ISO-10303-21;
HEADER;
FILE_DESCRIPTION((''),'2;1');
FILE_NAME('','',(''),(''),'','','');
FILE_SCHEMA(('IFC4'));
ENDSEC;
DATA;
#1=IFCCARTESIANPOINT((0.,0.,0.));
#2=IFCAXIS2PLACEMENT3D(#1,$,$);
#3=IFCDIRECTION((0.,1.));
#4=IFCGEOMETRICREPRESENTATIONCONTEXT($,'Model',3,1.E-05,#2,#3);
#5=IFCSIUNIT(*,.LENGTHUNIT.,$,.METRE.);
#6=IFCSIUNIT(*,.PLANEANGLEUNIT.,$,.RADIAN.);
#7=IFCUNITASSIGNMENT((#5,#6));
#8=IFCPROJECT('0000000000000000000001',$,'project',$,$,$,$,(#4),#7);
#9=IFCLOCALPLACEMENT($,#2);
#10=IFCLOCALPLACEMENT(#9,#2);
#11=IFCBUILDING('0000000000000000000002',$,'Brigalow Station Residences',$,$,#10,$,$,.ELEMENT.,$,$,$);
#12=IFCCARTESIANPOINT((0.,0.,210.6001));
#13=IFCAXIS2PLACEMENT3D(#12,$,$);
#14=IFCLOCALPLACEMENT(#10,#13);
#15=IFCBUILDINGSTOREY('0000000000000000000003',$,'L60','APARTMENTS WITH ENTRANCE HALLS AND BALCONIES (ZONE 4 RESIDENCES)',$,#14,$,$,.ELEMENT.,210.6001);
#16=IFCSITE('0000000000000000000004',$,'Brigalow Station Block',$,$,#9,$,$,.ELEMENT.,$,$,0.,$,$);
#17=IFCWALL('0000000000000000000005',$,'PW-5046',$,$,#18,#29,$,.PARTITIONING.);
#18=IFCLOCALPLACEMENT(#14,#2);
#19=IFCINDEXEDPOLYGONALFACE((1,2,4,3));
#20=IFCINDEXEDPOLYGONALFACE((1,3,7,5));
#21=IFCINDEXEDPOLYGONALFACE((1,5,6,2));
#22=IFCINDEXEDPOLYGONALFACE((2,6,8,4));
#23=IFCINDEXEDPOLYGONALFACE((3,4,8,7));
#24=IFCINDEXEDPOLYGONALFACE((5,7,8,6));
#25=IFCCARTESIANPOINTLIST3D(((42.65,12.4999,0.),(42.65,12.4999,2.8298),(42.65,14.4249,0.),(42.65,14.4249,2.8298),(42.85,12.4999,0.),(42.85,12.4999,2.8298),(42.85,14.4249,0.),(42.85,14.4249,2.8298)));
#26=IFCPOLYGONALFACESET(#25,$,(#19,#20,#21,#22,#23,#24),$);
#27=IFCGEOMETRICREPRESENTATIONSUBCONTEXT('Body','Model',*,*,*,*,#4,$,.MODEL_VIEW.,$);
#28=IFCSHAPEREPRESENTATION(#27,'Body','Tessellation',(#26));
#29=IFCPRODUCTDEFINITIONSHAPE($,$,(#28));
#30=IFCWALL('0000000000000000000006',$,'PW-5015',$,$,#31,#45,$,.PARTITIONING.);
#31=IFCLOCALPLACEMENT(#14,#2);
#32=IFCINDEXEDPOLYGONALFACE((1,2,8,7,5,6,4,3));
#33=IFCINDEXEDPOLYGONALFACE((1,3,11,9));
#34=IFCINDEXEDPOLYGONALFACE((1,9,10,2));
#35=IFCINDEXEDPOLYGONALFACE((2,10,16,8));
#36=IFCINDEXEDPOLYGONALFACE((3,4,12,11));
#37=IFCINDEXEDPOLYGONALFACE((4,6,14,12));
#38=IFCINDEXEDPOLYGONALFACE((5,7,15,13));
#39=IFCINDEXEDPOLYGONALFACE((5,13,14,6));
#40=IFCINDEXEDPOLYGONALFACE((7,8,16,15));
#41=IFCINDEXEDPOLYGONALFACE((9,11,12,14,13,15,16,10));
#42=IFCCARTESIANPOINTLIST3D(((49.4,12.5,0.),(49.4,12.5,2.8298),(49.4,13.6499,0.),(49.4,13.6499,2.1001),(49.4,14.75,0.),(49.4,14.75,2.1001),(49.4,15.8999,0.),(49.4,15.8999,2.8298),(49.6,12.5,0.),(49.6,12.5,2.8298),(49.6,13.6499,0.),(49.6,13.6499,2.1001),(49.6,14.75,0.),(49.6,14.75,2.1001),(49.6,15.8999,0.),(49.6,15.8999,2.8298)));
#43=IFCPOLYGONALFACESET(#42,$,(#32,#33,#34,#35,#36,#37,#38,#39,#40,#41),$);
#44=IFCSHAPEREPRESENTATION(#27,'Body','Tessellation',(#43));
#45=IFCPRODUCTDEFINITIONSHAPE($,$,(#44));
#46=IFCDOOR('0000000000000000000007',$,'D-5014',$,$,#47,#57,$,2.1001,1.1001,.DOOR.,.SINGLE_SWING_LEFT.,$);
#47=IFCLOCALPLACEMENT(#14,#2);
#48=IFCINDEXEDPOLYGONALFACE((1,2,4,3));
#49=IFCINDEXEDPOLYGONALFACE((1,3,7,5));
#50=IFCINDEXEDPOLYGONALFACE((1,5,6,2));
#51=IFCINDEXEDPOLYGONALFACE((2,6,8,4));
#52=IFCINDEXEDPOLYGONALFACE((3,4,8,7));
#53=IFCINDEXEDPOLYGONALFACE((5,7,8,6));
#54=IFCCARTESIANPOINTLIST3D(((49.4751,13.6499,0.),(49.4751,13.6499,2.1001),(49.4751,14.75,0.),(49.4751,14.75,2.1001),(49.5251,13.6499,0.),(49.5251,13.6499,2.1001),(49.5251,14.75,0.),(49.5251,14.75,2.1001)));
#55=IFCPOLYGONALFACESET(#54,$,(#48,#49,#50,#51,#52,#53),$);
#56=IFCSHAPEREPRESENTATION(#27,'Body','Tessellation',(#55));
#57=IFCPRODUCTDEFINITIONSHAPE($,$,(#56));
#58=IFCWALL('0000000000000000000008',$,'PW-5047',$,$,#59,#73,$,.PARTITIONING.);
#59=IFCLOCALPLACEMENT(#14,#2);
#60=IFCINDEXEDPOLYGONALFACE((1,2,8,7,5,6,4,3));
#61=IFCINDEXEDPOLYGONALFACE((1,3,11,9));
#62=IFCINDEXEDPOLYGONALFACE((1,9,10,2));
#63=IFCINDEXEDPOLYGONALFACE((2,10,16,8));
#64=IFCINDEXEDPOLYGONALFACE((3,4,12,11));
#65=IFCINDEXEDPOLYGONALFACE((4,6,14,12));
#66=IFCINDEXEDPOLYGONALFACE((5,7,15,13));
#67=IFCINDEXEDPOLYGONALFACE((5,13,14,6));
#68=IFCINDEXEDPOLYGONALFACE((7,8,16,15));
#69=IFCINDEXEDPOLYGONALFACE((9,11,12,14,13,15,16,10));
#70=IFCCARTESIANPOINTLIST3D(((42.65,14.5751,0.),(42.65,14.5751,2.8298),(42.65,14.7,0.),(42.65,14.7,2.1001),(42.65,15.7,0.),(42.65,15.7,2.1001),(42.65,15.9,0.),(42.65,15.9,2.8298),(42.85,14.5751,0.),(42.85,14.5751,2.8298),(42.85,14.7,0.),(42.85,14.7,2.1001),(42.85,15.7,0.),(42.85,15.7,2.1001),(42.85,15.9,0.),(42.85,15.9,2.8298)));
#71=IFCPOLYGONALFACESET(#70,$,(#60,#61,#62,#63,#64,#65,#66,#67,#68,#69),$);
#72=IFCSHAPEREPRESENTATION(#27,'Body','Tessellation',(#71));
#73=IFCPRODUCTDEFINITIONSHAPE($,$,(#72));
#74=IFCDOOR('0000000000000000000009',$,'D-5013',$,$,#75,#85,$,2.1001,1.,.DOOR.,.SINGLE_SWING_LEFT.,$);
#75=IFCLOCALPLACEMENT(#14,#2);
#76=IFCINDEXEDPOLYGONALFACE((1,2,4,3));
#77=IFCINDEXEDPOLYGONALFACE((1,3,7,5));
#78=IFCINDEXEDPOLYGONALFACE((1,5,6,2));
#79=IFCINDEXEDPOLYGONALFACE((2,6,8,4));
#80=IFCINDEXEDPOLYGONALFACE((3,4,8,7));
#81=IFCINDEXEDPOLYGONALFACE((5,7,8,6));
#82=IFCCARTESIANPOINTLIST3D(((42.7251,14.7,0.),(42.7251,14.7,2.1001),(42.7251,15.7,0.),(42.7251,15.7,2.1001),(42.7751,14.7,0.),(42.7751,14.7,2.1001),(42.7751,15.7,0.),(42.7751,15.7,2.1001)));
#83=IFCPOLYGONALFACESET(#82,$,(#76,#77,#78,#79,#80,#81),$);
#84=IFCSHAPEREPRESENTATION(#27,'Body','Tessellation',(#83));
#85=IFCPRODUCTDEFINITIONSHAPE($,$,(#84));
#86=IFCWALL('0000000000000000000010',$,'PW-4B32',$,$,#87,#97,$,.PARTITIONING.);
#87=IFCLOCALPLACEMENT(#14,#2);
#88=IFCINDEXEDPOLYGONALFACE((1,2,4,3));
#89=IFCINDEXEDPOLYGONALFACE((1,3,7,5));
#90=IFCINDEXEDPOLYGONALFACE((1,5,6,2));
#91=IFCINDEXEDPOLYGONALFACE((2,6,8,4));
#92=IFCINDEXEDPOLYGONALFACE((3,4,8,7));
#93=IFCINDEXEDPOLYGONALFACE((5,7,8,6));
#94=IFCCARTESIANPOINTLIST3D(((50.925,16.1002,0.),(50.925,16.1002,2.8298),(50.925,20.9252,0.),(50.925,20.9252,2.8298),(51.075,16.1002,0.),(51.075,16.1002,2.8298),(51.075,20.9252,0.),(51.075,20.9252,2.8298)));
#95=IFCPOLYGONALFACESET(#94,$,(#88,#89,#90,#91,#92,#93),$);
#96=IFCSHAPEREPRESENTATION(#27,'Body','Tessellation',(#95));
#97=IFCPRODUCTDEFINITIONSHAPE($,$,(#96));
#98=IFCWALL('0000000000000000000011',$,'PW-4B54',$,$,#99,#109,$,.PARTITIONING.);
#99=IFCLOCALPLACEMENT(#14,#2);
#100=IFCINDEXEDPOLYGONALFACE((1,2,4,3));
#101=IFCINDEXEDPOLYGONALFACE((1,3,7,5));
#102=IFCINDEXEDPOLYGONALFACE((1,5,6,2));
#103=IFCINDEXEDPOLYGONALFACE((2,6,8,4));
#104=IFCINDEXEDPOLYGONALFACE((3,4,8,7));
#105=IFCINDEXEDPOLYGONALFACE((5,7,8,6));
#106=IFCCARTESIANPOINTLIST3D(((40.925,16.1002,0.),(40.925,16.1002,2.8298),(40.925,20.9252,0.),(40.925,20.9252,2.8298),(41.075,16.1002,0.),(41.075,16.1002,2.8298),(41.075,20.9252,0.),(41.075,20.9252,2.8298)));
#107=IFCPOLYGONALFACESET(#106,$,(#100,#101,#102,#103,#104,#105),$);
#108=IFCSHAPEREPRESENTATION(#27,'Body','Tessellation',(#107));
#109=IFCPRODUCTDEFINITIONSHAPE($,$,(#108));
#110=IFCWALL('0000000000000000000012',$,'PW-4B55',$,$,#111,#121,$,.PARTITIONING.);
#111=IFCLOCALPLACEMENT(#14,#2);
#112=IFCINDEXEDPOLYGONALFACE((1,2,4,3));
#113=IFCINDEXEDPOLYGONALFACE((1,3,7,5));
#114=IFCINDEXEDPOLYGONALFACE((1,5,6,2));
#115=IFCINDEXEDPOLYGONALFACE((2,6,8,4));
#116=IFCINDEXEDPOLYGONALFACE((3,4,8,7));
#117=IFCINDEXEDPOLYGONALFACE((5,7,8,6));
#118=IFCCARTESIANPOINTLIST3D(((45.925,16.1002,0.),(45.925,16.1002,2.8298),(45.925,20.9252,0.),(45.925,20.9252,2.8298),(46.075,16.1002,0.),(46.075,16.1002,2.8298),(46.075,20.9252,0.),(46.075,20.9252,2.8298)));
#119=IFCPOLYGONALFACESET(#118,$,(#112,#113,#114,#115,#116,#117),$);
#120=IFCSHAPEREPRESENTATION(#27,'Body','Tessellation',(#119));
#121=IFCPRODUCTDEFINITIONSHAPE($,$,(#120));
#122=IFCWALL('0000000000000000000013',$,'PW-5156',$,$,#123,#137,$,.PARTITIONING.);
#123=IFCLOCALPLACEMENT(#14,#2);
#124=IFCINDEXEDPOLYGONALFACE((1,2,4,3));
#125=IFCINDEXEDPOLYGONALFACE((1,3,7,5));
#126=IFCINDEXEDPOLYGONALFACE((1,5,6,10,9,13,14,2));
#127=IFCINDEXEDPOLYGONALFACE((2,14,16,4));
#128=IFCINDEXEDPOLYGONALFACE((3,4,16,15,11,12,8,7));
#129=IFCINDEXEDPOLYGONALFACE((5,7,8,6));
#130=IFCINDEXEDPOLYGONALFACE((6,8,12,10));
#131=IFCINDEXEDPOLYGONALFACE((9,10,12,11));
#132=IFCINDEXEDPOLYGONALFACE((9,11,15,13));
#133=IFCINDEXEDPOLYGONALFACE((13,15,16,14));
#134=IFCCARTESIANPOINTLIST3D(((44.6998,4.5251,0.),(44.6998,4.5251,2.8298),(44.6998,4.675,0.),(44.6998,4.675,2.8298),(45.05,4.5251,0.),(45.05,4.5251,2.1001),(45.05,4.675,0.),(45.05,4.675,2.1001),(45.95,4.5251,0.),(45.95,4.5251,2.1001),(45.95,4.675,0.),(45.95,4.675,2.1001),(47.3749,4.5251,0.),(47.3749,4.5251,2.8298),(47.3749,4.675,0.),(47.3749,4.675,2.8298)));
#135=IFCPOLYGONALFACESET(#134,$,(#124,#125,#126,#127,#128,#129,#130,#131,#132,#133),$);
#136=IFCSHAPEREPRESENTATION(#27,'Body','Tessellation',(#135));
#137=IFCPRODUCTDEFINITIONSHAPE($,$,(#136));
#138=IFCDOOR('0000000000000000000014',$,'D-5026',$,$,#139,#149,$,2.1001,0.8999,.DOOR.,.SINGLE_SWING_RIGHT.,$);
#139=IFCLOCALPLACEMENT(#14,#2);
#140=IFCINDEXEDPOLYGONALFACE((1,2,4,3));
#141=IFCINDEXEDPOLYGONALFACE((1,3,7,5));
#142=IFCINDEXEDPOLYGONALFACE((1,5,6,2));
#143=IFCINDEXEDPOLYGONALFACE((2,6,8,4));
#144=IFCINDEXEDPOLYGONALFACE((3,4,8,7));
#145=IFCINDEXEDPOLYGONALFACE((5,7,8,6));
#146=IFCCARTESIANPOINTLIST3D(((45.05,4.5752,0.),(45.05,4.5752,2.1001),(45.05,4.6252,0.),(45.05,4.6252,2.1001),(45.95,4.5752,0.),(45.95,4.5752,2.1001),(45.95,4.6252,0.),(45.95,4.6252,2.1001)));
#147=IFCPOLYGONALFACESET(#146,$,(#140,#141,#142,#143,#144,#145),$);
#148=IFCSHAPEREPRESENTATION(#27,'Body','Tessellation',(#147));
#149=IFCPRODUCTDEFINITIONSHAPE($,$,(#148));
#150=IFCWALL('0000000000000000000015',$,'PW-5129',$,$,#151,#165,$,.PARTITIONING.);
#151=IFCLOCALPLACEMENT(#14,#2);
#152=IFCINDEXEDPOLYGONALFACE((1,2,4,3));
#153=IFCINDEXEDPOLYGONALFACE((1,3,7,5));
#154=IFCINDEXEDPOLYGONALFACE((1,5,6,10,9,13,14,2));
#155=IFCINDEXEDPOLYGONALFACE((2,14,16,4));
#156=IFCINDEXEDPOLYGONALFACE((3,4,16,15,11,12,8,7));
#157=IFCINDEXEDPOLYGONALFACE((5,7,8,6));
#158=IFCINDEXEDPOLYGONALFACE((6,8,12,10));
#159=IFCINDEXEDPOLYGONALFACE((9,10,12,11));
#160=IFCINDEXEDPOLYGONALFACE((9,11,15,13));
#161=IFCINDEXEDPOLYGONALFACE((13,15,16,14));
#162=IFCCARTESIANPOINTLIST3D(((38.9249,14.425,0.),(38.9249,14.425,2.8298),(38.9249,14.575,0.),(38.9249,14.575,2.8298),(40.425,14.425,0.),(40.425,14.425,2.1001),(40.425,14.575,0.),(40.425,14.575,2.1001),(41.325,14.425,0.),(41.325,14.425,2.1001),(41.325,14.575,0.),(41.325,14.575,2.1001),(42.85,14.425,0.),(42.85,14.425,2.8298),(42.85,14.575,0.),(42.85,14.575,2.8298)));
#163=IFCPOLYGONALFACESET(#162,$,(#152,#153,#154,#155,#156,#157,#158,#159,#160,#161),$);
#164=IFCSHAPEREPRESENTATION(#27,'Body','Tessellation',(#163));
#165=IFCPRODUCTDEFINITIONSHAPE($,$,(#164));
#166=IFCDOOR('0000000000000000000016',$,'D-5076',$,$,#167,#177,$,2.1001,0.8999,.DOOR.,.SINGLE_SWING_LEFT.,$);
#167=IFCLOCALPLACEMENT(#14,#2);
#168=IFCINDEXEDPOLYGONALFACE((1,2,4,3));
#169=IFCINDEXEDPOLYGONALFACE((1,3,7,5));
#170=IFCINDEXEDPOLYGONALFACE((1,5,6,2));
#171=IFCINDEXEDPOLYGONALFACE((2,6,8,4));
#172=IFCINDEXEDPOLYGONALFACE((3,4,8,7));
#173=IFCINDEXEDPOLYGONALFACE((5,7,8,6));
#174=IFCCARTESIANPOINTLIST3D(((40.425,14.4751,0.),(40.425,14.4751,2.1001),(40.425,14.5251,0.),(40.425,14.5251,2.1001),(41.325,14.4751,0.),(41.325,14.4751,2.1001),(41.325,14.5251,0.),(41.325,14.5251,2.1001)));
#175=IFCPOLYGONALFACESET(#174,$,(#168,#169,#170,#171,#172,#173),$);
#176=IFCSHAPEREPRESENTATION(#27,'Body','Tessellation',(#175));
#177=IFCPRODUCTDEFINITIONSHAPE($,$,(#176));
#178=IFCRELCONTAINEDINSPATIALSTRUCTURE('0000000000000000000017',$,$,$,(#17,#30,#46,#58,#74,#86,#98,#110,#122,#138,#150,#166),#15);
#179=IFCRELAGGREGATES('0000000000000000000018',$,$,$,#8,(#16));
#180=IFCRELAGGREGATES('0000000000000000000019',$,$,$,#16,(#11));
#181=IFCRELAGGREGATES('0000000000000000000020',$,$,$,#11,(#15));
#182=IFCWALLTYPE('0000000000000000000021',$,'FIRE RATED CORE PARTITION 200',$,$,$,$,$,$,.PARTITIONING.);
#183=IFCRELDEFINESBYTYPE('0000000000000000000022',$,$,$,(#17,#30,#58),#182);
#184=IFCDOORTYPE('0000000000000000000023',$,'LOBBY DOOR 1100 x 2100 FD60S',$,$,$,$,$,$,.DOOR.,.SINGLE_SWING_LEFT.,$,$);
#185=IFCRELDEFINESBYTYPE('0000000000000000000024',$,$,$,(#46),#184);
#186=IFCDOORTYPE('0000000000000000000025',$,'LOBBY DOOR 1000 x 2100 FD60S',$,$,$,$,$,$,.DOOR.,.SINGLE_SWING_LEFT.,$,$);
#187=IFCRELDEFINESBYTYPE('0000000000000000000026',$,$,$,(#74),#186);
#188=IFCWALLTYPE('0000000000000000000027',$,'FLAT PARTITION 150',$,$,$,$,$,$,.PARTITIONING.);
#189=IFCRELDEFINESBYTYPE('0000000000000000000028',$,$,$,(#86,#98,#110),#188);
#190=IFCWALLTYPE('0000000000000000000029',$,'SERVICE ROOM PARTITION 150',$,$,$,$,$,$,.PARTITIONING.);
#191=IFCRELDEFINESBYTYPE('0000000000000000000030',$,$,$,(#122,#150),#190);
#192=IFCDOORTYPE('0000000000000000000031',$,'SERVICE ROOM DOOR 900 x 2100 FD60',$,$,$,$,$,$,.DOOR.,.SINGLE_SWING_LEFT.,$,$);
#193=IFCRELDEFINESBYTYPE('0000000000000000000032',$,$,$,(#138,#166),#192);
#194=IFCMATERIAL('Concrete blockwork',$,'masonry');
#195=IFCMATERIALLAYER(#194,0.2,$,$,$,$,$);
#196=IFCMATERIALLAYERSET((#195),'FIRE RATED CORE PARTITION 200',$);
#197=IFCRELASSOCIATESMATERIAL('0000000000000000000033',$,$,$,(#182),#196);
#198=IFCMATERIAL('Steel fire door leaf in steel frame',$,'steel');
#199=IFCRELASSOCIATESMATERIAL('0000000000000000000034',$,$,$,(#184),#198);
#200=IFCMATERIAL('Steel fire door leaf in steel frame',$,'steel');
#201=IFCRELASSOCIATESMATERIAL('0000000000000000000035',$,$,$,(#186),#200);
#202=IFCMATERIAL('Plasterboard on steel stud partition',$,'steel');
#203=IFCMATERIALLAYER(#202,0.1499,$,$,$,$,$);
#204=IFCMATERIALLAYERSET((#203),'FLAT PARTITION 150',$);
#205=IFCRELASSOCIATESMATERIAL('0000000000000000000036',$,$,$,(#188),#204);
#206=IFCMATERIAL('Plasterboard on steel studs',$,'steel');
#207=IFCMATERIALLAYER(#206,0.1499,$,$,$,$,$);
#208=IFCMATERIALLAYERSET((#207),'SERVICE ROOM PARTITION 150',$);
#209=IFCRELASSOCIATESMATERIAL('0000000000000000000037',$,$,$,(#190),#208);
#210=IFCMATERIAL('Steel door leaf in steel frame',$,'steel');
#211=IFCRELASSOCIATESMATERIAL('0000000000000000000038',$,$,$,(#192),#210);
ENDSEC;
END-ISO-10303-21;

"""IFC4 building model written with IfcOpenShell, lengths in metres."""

from ifc_helpers import new_model, si_unit, direction, frame, frame_2d, origin, place, context, subcontext, project, spatial, rectangle, extrude, material, layer, layer_set, type_object, element, fill, save


model = new_model("IFC4")

# Units and contexts
model_context = context("Model", 3, precision=1e-05, world=origin(), true_north=direction((0.0, 1.0)))
body_context = subcontext(model_context, "Body", "Model", "MODEL_VIEW")
ifc_project = project(units=[si_unit("LENGTHUNIT", "METRE"), si_unit("PLANEANGLEUNIT", "RADIAN")], contexts=[model_context])

# Site, building, storey
site_placement = place(None, origin())
site = spatial("IfcSite", under=ifc_project, at=site_placement, Name="Brigalow Station Block", CompositionType="ELEMENT", RefElevation=0.0)
building_placement = place(site_placement, origin())
building = spatial("IfcBuilding", under=site, at=building_placement, Name="Brigalow Station Residences", CompositionType="ELEMENT")
storey_placement = place(building_placement, frame((0.0, 0.0, 210.6001)))
storey = spatial("IfcBuildingStorey", under=building, at=storey_placement, Name="L60", Description="APARTMENTS WITH ENTRANCE HALLS AND BALCONIES (ZONE 4 RESIDENCES)", CompositionType="ELEMENT", Elevation=210.6001)

# Shared definitions
ifc_material_1 = material(Name="Concrete blockwork", Category="masonry")
ifc_layer_1 = layer(ifc_material_1, 0.2)
ifc_layer_set_1 = layer_set([ifc_layer_1], Name="FIRE RATED CORE PARTITION 200")
wall_type_1 = type_object("IfcWallType", Name="FIRE RATED CORE PARTITION 200", PredefinedType="PARTITIONING", material=ifc_layer_set_1)

# Wall
wall_1_placement = place(storey_placement, frame((42.75, 12.5, 0.0), z_axis=(0.0, 0.0, 1.0), x_axis=(0.0, 1.0, 0.0)))
element("IfcWall", 1, at=wall_1_placement, inside=storey, type_object=wall_type_1, Name="PW-5046", PredefinedType="PARTITIONING", context=body_context, shape_type="SweptSolid", body=[
    extrude(rectangle(XDim=1.925, YDim=0.2, at=frame_2d((0.9624, 0.0))), origin(), (0.0, 0.0, 1.0), 2.8298),
])

# Walls, openings, doors
wall_2_placement = place(storey_placement, frame((49.5, 12.5, 0.0), z_axis=(0.0, 0.0, 1.0), x_axis=(0.0, 1.0, 0.0)))
wall_2 = element("IfcWall", 2, at=wall_2_placement, inside=storey, type_object=wall_type_1, Name="PW-5015", PredefinedType="PARTITIONING", context=body_context, shape_type="SweptSolid", body=[
    extrude(rectangle(XDim=3.3999, YDim=0.2, at=frame_2d((1.7, 0.0))), origin(), (0.0, 0.0, 1.0), 2.8298),
])
opening_1_placement = place(wall_2_placement, frame((1.1499, 0.0, 0.0)))
opening_1 = element("IfcOpeningElement", 3, at=opening_1_placement, cuts=wall_2, PredefinedType="OPENING", context=body_context, shape_type="SweptSolid", body=[
    extrude(rectangle(XDim=1.1001, YDim=2.1001, at=frame_2d((0.55, 1.05))), frame((0.0, 0.1099, 0.0), z_axis=(0.0, -1.0, 0.0), x_axis=(1.0, 0.0, 0.0)), (0.0, 0.0, 1.0), 0.22),
])
ifc_material_2 = material(Name="Steel fire door leaf in steel frame", Category="steel")
door_type_1 = type_object("IfcDoorType", Name="LOBBY DOOR 1100 x 2100 FD60S", OperationType="SINGLE_SWING_LEFT", PredefinedType="DOOR", material=ifc_material_2)
door_1_placement = place(opening_1_placement, origin())
door_1 = element("IfcDoor", 4, at=door_1_placement, inside=storey, type_object=door_type_1, Name="D-5014", OperationType="SINGLE_SWING_LEFT", OverallHeight=2.1001, OverallWidth=1.1001, PredefinedType="DOOR", context=body_context, shape_type="SweptSolid", body=[
    extrude(rectangle(XDim=1.1001, YDim=2.1001, at=frame_2d((0.55, 1.05))), frame((0.0, 0.0249, 0.0), z_axis=(0.0, -1.0, 0.0), x_axis=(1.0, 0.0, 0.0)), (0.0, 0.0, 1.0), 0.05),
])
fill(opening_1, door_1)
wall_3_placement = place(storey_placement, frame((42.75, 14.575, 0.0), z_axis=(0.0, 0.0, 1.0), x_axis=(0.0, 1.0, 0.0)))
wall_3 = element("IfcWall", 5, at=wall_3_placement, inside=storey, type_object=wall_type_1, Name="PW-5047", PredefinedType="PARTITIONING", context=body_context, shape_type="SweptSolid", body=[
    extrude(rectangle(XDim=1.325, YDim=0.2, at=frame_2d((0.6626, 0.0))), origin(), (0.0, 0.0, 1.0), 2.8298),
])
opening_2_placement = place(wall_3_placement, frame((0.125, 0.0, 0.0)))
opening_2 = element("IfcOpeningElement", 6, at=opening_2_placement, cuts=wall_3, PredefinedType="OPENING", context=body_context, shape_type="SweptSolid", body=[
    extrude(rectangle(XDim=1.0, YDim=2.1001, at=frame_2d((0.5, 1.05))), frame((0.0, 0.1099, 0.0), z_axis=(0.0, -1.0, 0.0), x_axis=(1.0, 0.0, 0.0)), (0.0, 0.0, 1.0), 0.22),
])
ifc_material_3 = material(Name="Steel fire door leaf in steel frame", Category="steel")
door_type_2 = type_object("IfcDoorType", Name="LOBBY DOOR 1000 x 2100 FD60S", OperationType="SINGLE_SWING_LEFT", PredefinedType="DOOR", material=ifc_material_3)
door_2_placement = place(opening_2_placement, origin())
door_2 = element("IfcDoor", 7, at=door_2_placement, inside=storey, type_object=door_type_2, Name="D-5013", OperationType="SINGLE_SWING_LEFT", OverallHeight=2.1001, OverallWidth=1.0, PredefinedType="DOOR", context=body_context, shape_type="SweptSolid", body=[
    extrude(rectangle(XDim=1.0, YDim=2.1001, at=frame_2d((0.5, 1.05))), frame((0.0, 0.0249, 0.0), z_axis=(0.0, -1.0, 0.0), x_axis=(1.0, 0.0, 0.0)), (0.0, 0.0, 1.0), 0.05),
])
fill(opening_2, door_2)

# Walls
ifc_material_4 = material(Name="Plasterboard on steel stud partition", Category="steel")
ifc_layer_2 = layer(ifc_material_4, 0.1499)
ifc_layer_set_2 = layer_set([ifc_layer_2], Name="FLAT PARTITION 150")
wall_type_2 = type_object("IfcWallType", Name="FLAT PARTITION 150", PredefinedType="PARTITIONING", material=ifc_layer_set_2)
for number, where, z_axis, x_axis, name in (
    (8, (51.0, 16.1001, 0.0), (0.0, 0.0, 1.0), (0.0, 1.0, 0.0), "PW-4B32"),
    (9, (41.0, 16.1001, 0.0), (0.0, 0.0, 1.0), (0.0, 1.0, 0.0), "PW-4B54"),
    (10, (46.0, 16.1001, 0.0), (0.0, 0.0, 1.0), (0.0, 1.0, 0.0), "PW-4B55"),
):
    element("IfcWall", number, at=place(storey_placement, frame(where, z_axis=z_axis, x_axis=x_axis)), inside=storey, type_object=wall_type_2, Name=name, PredefinedType="PARTITIONING", context=body_context, shape_type="SweptSolid", body=[
        extrude(rectangle(XDim=4.825, YDim=0.1499, at=frame_2d((2.4126, 0.0))), origin(), (0.0, 0.0, 1.0), 2.8298),
    ])

# Walls, openings, doors
ifc_material_5 = material(Name="Plasterboard on steel studs", Category="steel")
ifc_layer_3 = layer(ifc_material_5, 0.1499)
ifc_layer_set_3 = layer_set([ifc_layer_3], Name="SERVICE ROOM PARTITION 150")
wall_type_3 = type_object("IfcWallType", Name="SERVICE ROOM PARTITION 150", PredefinedType="PARTITIONING", material=ifc_layer_set_3)
wall_4_placement = place(storey_placement, frame((44.7, 4.6001, 0.0), z_axis=(0.0, 0.0, 1.0), x_axis=(1.0, 0.0, 0.0)))
wall_4 = element("IfcWall", 11, at=wall_4_placement, inside=storey, type_object=wall_type_3, Name="PW-5156", PredefinedType="PARTITIONING", context=body_context, shape_type="SweptSolid", body=[
    extrude(rectangle(XDim=2.675, YDim=0.1499, at=frame_2d((1.3374, 0.0))), origin(), (0.0, 0.0, 1.0), 2.8298),
])
opening_3_placement = place(wall_4_placement, frame((0.3501, 0.0, 0.0)))
opening_3 = element("IfcOpeningElement", 12, at=opening_3_placement, cuts=wall_4, PredefinedType="OPENING", context=body_context, shape_type="SweptSolid", body=[
    extrude(rectangle(XDim=0.8999, YDim=2.1001, at=frame_2d((0.45, 1.05))), frame((0.0, 0.085, 0.0), z_axis=(0.0, -1.0, 0.0), x_axis=(1.0, 0.0, 0.0)), (0.0, 0.0, 1.0), 0.1699),
])
ifc_material_6 = material(Name="Steel door leaf in steel frame", Category="steel")
door_type_3 = type_object("IfcDoorType", Name="SERVICE ROOM DOOR 900 x 2100 FD60", OperationType="SINGLE_SWING_LEFT", PredefinedType="DOOR", material=ifc_material_6)
door_3_placement = place(opening_3_placement, frame((0.8999, 0.0, 0.0), z_axis=(0.0, 0.0, 1.0), x_axis=(-1.0, 0.0, 0.0)))
door_3 = element("IfcDoor", 13, at=door_3_placement, inside=storey, type_object=door_type_3, Name="D-5026", OperationType="SINGLE_SWING_RIGHT", OverallHeight=2.1001, OverallWidth=0.8999, PredefinedType="DOOR", context=body_context, shape_type="SweptSolid", body=[
    extrude(rectangle(XDim=0.8999, YDim=2.1001, at=frame_2d((0.45, 1.05))), frame((0.0, 0.0249, 0.0), z_axis=(0.0, -1.0, 0.0), x_axis=(1.0, 0.0, 0.0)), (0.0, 0.0, 1.0), 0.05),
])
fill(opening_3, door_3)
wall_5_placement = place(storey_placement, frame((38.925, 14.5, 0.0), z_axis=(0.0, 0.0, 1.0), x_axis=(1.0, 0.0, 0.0)))
wall_5 = element("IfcWall", 14, at=wall_5_placement, inside=storey, type_object=wall_type_3, Name="PW-5129", PredefinedType="PARTITIONING", context=body_context, shape_type="SweptSolid", body=[
    extrude(rectangle(XDim=3.925, YDim=0.1499, at=frame_2d((1.9624, 0.0))), origin(), (0.0, 0.0, 1.0), 2.8298),
])
opening_4_placement = place(wall_5_placement, frame((1.5, 0.0, 0.0)))
opening_4 = element("IfcOpeningElement", 15, at=opening_4_placement, cuts=wall_5, PredefinedType="OPENING", context=body_context, shape_type="SweptSolid", body=[
    extrude(rectangle(XDim=0.8999, YDim=2.1001, at=frame_2d((0.45, 1.05))), frame((0.0, 0.085, 0.0), z_axis=(0.0, -1.0, 0.0), x_axis=(1.0, 0.0, 0.0)), (0.0, 0.0, 1.0), 0.1699),
])
door_4_placement = place(opening_4_placement, frame((0.8999, 0.0, 0.0), z_axis=(0.0, 0.0, 1.0), x_axis=(-1.0, 0.0, 0.0)))
door_4 = element("IfcDoor", 16, at=door_4_placement, inside=storey, type_object=door_type_3, Name="D-5076", OperationType="SINGLE_SWING_LEFT", OverallHeight=2.1001, OverallWidth=0.8999, PredefinedType="DOOR", context=body_context, shape_type="SweptSolid", body=[
    extrude(rectangle(XDim=0.8999, YDim=2.1001, at=frame_2d((0.45, 1.05))), frame((0.0, 0.0249, 0.0), z_axis=(0.0, -1.0, 0.0), x_axis=(1.0, 0.0, 0.0)), (0.0, 0.0, 1.0), 0.05),
])
fill(opening_4, door_4)

save(model, "model.ifc")
